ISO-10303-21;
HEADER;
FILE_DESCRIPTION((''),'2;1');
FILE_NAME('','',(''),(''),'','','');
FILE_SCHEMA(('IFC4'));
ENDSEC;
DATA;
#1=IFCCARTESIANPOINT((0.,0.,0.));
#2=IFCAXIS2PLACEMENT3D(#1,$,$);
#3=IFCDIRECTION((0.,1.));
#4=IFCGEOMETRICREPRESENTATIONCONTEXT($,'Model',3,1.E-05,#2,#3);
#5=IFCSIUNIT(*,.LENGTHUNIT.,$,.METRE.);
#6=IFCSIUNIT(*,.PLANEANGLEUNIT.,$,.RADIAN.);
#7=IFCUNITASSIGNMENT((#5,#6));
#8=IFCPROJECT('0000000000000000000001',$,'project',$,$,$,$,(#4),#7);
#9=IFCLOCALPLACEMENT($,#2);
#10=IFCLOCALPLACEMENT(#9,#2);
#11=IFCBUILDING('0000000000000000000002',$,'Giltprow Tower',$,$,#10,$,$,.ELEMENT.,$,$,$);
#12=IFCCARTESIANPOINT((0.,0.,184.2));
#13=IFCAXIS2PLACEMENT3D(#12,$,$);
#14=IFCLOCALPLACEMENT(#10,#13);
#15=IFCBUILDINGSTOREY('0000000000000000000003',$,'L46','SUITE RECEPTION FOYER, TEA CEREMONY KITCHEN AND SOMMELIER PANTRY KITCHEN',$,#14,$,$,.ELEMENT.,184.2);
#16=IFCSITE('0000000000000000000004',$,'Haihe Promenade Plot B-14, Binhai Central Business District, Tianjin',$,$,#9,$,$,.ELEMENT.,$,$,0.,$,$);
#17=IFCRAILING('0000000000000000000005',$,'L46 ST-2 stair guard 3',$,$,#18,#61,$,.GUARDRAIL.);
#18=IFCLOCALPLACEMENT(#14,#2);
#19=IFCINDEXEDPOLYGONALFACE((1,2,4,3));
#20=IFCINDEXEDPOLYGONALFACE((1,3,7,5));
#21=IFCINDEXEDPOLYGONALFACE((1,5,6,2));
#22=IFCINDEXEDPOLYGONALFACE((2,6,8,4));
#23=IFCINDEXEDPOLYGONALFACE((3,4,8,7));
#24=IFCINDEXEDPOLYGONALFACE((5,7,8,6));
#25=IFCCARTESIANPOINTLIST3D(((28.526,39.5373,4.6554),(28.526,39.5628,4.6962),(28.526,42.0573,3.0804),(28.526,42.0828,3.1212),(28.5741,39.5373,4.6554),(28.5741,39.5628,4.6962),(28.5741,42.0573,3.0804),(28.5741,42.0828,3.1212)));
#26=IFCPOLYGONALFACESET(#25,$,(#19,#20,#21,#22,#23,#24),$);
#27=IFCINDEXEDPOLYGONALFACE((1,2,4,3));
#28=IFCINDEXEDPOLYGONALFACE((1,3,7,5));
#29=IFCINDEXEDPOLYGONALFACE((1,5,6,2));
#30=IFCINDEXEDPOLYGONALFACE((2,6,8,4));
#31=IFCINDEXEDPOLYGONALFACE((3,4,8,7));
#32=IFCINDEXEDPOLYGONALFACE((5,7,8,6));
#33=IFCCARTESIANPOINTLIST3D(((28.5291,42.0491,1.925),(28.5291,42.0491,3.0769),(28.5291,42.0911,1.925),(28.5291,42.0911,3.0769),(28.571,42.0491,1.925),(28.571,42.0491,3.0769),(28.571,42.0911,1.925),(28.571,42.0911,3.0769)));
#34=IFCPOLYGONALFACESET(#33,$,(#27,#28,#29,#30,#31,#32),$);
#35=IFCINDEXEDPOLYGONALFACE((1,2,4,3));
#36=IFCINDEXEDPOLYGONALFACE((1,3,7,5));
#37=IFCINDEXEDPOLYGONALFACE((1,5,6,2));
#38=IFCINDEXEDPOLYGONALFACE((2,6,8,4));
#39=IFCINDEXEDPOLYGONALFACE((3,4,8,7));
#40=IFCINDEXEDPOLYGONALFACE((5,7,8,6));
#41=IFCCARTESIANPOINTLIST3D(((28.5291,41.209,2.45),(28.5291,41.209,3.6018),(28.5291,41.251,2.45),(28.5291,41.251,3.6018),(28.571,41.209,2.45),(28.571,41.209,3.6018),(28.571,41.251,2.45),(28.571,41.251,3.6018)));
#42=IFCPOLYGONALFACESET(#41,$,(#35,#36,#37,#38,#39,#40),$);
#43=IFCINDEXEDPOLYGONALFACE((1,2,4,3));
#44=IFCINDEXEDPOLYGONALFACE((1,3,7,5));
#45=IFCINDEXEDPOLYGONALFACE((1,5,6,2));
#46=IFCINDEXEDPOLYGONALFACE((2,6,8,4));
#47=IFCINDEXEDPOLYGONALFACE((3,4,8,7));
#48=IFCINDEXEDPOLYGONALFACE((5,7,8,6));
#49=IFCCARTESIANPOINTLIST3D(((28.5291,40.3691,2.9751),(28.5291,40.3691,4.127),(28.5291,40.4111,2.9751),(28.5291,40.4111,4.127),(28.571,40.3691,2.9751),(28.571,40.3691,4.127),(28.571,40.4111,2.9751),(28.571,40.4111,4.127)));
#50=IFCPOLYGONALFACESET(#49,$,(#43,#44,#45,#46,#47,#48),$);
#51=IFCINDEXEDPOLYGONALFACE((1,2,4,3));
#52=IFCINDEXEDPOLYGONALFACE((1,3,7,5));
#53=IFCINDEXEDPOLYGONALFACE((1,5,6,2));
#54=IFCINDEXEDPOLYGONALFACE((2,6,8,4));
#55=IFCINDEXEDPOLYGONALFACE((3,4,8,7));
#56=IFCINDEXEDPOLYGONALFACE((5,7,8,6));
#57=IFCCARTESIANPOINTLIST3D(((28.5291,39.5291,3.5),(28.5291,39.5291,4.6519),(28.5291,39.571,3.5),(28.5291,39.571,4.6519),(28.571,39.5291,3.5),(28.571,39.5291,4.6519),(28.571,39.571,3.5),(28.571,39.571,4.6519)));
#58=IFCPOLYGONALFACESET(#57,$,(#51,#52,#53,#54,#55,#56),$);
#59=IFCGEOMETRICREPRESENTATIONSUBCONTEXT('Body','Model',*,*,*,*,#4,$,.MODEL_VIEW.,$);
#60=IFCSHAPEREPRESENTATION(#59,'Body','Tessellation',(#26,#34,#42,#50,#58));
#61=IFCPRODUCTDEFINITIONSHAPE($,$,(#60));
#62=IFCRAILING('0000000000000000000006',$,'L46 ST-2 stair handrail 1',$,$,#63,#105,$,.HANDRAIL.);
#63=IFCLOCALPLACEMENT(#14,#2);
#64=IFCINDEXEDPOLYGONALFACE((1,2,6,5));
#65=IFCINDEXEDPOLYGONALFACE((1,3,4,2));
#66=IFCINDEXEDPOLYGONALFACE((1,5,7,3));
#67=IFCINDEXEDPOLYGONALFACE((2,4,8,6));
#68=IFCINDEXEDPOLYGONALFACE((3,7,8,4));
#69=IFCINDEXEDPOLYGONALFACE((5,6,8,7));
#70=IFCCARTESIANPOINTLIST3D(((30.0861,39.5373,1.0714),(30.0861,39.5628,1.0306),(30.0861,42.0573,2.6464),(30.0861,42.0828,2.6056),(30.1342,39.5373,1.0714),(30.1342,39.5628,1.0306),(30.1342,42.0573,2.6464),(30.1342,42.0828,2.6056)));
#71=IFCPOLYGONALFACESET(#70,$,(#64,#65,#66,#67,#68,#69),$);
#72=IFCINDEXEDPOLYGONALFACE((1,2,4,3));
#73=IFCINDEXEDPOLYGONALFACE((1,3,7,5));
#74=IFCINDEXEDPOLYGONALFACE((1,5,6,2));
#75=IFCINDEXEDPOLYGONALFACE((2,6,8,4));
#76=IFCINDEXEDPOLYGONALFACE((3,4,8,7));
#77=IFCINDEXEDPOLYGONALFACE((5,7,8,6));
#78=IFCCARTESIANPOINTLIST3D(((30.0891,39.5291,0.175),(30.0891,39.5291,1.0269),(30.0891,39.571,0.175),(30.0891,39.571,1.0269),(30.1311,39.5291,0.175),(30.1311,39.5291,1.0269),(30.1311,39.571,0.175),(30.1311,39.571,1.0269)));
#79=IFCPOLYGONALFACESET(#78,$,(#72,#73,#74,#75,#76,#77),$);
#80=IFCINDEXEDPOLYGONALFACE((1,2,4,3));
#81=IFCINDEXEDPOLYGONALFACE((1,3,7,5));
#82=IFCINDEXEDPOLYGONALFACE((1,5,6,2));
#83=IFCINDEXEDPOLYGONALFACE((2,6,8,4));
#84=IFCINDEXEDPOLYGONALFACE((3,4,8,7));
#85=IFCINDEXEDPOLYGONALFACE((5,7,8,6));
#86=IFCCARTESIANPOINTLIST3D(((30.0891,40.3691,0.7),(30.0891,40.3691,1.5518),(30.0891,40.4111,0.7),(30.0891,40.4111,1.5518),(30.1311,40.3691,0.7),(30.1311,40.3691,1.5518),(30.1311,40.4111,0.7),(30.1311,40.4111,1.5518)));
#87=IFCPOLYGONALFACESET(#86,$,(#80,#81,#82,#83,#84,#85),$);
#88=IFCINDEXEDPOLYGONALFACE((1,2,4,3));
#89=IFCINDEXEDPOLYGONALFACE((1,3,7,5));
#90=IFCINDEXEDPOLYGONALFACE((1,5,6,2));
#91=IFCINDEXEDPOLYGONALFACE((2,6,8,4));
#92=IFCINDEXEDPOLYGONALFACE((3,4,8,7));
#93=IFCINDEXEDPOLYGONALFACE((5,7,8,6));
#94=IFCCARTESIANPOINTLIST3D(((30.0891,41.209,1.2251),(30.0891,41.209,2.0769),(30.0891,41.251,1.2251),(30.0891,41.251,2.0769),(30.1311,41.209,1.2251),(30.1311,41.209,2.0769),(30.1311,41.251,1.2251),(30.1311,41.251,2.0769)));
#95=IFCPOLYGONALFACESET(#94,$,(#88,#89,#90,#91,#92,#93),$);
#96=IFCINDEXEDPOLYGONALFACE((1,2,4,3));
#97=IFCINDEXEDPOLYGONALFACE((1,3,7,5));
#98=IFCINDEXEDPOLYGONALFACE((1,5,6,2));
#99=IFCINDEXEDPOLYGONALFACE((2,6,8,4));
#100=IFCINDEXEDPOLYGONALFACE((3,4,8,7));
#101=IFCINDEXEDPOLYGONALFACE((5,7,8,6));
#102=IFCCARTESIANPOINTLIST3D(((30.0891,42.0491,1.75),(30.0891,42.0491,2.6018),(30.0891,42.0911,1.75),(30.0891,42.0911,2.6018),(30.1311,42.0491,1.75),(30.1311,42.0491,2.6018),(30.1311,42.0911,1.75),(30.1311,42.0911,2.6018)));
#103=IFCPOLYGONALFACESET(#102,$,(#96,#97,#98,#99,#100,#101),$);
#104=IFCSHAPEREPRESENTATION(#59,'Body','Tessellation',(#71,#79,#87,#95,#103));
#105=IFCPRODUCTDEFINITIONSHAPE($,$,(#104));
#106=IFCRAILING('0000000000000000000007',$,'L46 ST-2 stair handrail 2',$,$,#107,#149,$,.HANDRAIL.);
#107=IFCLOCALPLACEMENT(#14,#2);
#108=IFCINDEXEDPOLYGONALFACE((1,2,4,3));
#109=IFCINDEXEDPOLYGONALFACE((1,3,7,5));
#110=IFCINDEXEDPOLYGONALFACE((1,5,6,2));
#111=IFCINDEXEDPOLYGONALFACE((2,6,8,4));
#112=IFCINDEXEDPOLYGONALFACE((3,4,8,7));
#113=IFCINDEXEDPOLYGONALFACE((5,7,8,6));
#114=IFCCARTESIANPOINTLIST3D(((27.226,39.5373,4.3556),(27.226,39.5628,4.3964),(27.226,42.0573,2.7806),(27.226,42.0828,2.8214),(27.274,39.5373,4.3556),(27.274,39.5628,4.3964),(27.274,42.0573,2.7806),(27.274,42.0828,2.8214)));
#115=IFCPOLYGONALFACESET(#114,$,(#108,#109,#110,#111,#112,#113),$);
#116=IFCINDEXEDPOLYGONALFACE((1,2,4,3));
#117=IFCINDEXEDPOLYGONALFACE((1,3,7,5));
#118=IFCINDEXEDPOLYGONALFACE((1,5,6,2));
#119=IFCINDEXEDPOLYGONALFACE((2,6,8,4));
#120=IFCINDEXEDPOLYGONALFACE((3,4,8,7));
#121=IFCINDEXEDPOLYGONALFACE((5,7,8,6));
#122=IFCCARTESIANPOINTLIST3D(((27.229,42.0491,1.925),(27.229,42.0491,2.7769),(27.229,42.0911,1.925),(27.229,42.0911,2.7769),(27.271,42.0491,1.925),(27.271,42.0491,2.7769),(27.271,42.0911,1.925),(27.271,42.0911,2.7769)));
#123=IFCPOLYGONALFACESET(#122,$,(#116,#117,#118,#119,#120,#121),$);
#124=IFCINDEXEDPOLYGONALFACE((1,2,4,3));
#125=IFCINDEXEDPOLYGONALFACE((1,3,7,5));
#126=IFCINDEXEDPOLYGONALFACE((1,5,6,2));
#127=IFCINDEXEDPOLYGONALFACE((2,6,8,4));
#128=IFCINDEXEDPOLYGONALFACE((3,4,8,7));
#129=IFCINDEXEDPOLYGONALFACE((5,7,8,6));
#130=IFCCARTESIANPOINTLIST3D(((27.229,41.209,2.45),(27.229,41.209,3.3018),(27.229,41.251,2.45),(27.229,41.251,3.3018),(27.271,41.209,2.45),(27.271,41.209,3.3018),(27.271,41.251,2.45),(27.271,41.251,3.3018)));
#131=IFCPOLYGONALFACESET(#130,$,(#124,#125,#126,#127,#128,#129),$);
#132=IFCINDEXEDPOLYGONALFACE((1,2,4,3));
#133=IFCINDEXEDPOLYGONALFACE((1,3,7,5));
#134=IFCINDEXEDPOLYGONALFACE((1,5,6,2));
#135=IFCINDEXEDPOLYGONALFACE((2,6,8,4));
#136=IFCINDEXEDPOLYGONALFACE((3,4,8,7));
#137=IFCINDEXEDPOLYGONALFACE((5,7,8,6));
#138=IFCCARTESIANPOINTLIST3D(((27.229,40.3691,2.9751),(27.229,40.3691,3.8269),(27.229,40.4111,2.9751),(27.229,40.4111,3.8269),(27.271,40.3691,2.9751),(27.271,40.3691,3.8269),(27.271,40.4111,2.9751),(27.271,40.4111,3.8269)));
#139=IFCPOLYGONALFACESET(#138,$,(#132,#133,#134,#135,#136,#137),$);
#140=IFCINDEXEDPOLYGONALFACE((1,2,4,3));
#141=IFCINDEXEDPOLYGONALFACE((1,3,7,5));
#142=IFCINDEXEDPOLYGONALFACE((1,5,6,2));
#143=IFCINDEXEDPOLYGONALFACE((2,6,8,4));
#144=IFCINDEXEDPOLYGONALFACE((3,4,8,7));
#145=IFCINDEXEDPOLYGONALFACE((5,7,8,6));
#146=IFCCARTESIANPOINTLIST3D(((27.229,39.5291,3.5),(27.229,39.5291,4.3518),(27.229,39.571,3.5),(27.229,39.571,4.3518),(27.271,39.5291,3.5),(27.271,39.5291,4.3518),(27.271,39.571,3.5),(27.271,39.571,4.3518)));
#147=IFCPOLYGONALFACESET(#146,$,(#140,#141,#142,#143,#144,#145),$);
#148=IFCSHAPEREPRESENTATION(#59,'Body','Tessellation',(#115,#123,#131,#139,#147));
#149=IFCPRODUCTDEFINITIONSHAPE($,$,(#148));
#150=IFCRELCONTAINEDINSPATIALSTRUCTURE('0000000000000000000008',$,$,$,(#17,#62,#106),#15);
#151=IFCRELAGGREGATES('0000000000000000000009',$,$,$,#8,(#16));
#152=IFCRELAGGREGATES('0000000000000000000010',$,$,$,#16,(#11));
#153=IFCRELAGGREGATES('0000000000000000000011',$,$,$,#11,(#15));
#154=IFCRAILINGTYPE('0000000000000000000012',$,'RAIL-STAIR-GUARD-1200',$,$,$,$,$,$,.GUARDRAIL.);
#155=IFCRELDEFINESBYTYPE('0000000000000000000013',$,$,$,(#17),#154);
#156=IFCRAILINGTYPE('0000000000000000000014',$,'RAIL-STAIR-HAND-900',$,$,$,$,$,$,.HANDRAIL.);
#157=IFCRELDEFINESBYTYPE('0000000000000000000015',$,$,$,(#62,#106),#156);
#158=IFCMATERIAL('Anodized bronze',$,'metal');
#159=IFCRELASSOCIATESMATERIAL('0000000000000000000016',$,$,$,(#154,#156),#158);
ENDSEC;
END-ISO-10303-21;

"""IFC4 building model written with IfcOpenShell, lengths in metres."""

from ifc_helpers import new_model, si_unit, direction, frame, origin, origin_2d, place, context, subcontext, project, spatial, rectangle, extrude, material, type_object, element, save


model = new_model("IFC4")

# Units and contexts
model_context = context("Model", 3, precision=1e-05, world=origin(), true_north=direction((0.0, 1.0)))
body_context = subcontext(model_context, "Body", "Model", "MODEL_VIEW")
ifc_project = project(units=[si_unit("LENGTHUNIT", "METRE"), si_unit("PLANEANGLEUNIT", "RADIAN")], contexts=[model_context])

# Site, building, storey
site_placement = place(None, origin())
site = spatial("IfcSite", under=ifc_project, at=site_placement, Name="Haihe Promenade Plot B-14, Binhai Central Business District, Tianjin", CompositionType="ELEMENT", RefElevation=0.0)
building_placement = place(site_placement, origin())
building = spatial("IfcBuilding", under=site, at=building_placement, Name="Giltprow Tower", CompositionType="ELEMENT")
storey_placement = place(building_placement, frame((0.0, 0.0, 184.2)))
storey = spatial("IfcBuildingStorey", under=building, at=storey_placement, Name="L46", Description="SUITE RECEPTION FOYER, TEA CEREMONY KITCHEN AND SOMMELIER PANTRY KITCHEN", CompositionType="ELEMENT", Elevation=184.2)

# Railings
ifc_material_1 = material(Name="Anodized bronze", Category="metal")
railing_type_1 = type_object("IfcRailingType", Name="RAIL-STAIR-GUARD-1200", PredefinedType="GUARDRAIL", material=ifc_material_1)
railing_1_placement = place(storey_placement, frame((28.55, 42.0701, 1.925)))
element("IfcRailing", 1, at=railing_1_placement, inside=storey, type_object=railing_type_1, Name="L46 ST-2 stair guard 3", PredefinedType="GUARDRAIL", context=body_context, shape_type="SweptSolid", body=[
    extrude(rectangle(XDim=0.0481, YDim=0.0481, at=origin_2d()), frame((0.0, 0.0, 1.1758), z_axis=(0.0, -0.848008, 0.529984), x_axis=(1.0, 0.0, 0.0)), (0.0, 0.0, 1.0), 2.9717),
    extrude(rectangle(XDim=0.042, YDim=0.042, at=origin_2d()), origin(), (0.0, 0.0, 1.0), 1.1519),
    extrude(rectangle(XDim=0.042, YDim=0.042, at=origin_2d()), frame((0.0, -0.8401, 0.5249)), (0.0, 0.0, 1.0), 1.1519),
    extrude(rectangle(XDim=0.042, YDim=0.042, at=origin_2d()), frame((0.0, -1.6799, 1.05)), (0.0, 0.0, 1.0), 1.1519),
    extrude(rectangle(XDim=0.042, YDim=0.042, at=origin_2d()), frame((0.0, -2.52, 1.575)), (0.0, 0.0, 1.0), 1.1519),
])
railing_type_2 = type_object("IfcRailingType", Name="RAIL-STAIR-HAND-900", PredefinedType="HANDRAIL", material=ifc_material_1)
railing_2_placement = place(storey_placement, frame((30.1101, 39.55, 0.175)))
element("IfcRailing", 2, at=railing_2_placement, inside=storey, type_object=railing_type_2, Name="L46 ST-2 stair handrail 1", PredefinedType="HANDRAIL", context=body_context, shape_type="SweptSolid", body=[
    extrude(rectangle(XDim=0.0481, YDim=0.0481, at=origin_2d()), frame((0.0, 0.0, 0.876), z_axis=(0.0, 0.848008, 0.529984), x_axis=(-1.0, 0.0, 0.0)), (0.0, 0.0, 1.0), 2.9717),
    extrude(rectangle(XDim=0.042, YDim=0.042, at=origin_2d()), origin(), (0.0, 0.0, 1.0), 0.8518),
    extrude(rectangle(XDim=0.042, YDim=0.042, at=origin_2d()), frame((0.0, 0.8401, 0.5249)), (0.0, 0.0, 1.0), 0.8518),
    extrude(rectangle(XDim=0.042, YDim=0.042, at=origin_2d()), frame((0.0, 1.6799, 1.05)), (0.0, 0.0, 1.0), 0.8518),
    extrude(rectangle(XDim=0.042, YDim=0.042, at=origin_2d()), frame((0.0, 2.52, 1.575)), (0.0, 0.0, 1.0), 0.8518),
])
railing_3_placement = place(storey_placement, frame((27.25, 42.0701, 1.925)))
element("IfcRailing", 3, at=railing_3_placement, inside=storey, type_object=railing_type_2, Name="L46 ST-2 stair handrail 2", PredefinedType="HANDRAIL", context=body_context, shape_type="SweptSolid", body=[
    extrude(rectangle(XDim=0.0481, YDim=0.0481, at=origin_2d()), frame((0.0, 0.0, 0.876), z_axis=(0.0, -0.848008, 0.529984), x_axis=(1.0, 0.0, 0.0)), (0.0, 0.0, 1.0), 2.9717),
    extrude(rectangle(XDim=0.042, YDim=0.042, at=origin_2d()), origin(), (0.0, 0.0, 1.0), 0.8518),
    extrude(rectangle(XDim=0.042, YDim=0.042, at=origin_2d()), frame((0.0, -0.8401, 0.5249)), (0.0, 0.0, 1.0), 0.8518),
    extrude(rectangle(XDim=0.042, YDim=0.042, at=origin_2d()), frame((0.0, -1.6799, 1.05)), (0.0, 0.0, 1.0), 0.8518),
    extrude(rectangle(XDim=0.042, YDim=0.042, at=origin_2d()), frame((0.0, -2.52, 1.575)), (0.0, 0.0, 1.0), 0.8518),
])

save(model, "model.ifc")
